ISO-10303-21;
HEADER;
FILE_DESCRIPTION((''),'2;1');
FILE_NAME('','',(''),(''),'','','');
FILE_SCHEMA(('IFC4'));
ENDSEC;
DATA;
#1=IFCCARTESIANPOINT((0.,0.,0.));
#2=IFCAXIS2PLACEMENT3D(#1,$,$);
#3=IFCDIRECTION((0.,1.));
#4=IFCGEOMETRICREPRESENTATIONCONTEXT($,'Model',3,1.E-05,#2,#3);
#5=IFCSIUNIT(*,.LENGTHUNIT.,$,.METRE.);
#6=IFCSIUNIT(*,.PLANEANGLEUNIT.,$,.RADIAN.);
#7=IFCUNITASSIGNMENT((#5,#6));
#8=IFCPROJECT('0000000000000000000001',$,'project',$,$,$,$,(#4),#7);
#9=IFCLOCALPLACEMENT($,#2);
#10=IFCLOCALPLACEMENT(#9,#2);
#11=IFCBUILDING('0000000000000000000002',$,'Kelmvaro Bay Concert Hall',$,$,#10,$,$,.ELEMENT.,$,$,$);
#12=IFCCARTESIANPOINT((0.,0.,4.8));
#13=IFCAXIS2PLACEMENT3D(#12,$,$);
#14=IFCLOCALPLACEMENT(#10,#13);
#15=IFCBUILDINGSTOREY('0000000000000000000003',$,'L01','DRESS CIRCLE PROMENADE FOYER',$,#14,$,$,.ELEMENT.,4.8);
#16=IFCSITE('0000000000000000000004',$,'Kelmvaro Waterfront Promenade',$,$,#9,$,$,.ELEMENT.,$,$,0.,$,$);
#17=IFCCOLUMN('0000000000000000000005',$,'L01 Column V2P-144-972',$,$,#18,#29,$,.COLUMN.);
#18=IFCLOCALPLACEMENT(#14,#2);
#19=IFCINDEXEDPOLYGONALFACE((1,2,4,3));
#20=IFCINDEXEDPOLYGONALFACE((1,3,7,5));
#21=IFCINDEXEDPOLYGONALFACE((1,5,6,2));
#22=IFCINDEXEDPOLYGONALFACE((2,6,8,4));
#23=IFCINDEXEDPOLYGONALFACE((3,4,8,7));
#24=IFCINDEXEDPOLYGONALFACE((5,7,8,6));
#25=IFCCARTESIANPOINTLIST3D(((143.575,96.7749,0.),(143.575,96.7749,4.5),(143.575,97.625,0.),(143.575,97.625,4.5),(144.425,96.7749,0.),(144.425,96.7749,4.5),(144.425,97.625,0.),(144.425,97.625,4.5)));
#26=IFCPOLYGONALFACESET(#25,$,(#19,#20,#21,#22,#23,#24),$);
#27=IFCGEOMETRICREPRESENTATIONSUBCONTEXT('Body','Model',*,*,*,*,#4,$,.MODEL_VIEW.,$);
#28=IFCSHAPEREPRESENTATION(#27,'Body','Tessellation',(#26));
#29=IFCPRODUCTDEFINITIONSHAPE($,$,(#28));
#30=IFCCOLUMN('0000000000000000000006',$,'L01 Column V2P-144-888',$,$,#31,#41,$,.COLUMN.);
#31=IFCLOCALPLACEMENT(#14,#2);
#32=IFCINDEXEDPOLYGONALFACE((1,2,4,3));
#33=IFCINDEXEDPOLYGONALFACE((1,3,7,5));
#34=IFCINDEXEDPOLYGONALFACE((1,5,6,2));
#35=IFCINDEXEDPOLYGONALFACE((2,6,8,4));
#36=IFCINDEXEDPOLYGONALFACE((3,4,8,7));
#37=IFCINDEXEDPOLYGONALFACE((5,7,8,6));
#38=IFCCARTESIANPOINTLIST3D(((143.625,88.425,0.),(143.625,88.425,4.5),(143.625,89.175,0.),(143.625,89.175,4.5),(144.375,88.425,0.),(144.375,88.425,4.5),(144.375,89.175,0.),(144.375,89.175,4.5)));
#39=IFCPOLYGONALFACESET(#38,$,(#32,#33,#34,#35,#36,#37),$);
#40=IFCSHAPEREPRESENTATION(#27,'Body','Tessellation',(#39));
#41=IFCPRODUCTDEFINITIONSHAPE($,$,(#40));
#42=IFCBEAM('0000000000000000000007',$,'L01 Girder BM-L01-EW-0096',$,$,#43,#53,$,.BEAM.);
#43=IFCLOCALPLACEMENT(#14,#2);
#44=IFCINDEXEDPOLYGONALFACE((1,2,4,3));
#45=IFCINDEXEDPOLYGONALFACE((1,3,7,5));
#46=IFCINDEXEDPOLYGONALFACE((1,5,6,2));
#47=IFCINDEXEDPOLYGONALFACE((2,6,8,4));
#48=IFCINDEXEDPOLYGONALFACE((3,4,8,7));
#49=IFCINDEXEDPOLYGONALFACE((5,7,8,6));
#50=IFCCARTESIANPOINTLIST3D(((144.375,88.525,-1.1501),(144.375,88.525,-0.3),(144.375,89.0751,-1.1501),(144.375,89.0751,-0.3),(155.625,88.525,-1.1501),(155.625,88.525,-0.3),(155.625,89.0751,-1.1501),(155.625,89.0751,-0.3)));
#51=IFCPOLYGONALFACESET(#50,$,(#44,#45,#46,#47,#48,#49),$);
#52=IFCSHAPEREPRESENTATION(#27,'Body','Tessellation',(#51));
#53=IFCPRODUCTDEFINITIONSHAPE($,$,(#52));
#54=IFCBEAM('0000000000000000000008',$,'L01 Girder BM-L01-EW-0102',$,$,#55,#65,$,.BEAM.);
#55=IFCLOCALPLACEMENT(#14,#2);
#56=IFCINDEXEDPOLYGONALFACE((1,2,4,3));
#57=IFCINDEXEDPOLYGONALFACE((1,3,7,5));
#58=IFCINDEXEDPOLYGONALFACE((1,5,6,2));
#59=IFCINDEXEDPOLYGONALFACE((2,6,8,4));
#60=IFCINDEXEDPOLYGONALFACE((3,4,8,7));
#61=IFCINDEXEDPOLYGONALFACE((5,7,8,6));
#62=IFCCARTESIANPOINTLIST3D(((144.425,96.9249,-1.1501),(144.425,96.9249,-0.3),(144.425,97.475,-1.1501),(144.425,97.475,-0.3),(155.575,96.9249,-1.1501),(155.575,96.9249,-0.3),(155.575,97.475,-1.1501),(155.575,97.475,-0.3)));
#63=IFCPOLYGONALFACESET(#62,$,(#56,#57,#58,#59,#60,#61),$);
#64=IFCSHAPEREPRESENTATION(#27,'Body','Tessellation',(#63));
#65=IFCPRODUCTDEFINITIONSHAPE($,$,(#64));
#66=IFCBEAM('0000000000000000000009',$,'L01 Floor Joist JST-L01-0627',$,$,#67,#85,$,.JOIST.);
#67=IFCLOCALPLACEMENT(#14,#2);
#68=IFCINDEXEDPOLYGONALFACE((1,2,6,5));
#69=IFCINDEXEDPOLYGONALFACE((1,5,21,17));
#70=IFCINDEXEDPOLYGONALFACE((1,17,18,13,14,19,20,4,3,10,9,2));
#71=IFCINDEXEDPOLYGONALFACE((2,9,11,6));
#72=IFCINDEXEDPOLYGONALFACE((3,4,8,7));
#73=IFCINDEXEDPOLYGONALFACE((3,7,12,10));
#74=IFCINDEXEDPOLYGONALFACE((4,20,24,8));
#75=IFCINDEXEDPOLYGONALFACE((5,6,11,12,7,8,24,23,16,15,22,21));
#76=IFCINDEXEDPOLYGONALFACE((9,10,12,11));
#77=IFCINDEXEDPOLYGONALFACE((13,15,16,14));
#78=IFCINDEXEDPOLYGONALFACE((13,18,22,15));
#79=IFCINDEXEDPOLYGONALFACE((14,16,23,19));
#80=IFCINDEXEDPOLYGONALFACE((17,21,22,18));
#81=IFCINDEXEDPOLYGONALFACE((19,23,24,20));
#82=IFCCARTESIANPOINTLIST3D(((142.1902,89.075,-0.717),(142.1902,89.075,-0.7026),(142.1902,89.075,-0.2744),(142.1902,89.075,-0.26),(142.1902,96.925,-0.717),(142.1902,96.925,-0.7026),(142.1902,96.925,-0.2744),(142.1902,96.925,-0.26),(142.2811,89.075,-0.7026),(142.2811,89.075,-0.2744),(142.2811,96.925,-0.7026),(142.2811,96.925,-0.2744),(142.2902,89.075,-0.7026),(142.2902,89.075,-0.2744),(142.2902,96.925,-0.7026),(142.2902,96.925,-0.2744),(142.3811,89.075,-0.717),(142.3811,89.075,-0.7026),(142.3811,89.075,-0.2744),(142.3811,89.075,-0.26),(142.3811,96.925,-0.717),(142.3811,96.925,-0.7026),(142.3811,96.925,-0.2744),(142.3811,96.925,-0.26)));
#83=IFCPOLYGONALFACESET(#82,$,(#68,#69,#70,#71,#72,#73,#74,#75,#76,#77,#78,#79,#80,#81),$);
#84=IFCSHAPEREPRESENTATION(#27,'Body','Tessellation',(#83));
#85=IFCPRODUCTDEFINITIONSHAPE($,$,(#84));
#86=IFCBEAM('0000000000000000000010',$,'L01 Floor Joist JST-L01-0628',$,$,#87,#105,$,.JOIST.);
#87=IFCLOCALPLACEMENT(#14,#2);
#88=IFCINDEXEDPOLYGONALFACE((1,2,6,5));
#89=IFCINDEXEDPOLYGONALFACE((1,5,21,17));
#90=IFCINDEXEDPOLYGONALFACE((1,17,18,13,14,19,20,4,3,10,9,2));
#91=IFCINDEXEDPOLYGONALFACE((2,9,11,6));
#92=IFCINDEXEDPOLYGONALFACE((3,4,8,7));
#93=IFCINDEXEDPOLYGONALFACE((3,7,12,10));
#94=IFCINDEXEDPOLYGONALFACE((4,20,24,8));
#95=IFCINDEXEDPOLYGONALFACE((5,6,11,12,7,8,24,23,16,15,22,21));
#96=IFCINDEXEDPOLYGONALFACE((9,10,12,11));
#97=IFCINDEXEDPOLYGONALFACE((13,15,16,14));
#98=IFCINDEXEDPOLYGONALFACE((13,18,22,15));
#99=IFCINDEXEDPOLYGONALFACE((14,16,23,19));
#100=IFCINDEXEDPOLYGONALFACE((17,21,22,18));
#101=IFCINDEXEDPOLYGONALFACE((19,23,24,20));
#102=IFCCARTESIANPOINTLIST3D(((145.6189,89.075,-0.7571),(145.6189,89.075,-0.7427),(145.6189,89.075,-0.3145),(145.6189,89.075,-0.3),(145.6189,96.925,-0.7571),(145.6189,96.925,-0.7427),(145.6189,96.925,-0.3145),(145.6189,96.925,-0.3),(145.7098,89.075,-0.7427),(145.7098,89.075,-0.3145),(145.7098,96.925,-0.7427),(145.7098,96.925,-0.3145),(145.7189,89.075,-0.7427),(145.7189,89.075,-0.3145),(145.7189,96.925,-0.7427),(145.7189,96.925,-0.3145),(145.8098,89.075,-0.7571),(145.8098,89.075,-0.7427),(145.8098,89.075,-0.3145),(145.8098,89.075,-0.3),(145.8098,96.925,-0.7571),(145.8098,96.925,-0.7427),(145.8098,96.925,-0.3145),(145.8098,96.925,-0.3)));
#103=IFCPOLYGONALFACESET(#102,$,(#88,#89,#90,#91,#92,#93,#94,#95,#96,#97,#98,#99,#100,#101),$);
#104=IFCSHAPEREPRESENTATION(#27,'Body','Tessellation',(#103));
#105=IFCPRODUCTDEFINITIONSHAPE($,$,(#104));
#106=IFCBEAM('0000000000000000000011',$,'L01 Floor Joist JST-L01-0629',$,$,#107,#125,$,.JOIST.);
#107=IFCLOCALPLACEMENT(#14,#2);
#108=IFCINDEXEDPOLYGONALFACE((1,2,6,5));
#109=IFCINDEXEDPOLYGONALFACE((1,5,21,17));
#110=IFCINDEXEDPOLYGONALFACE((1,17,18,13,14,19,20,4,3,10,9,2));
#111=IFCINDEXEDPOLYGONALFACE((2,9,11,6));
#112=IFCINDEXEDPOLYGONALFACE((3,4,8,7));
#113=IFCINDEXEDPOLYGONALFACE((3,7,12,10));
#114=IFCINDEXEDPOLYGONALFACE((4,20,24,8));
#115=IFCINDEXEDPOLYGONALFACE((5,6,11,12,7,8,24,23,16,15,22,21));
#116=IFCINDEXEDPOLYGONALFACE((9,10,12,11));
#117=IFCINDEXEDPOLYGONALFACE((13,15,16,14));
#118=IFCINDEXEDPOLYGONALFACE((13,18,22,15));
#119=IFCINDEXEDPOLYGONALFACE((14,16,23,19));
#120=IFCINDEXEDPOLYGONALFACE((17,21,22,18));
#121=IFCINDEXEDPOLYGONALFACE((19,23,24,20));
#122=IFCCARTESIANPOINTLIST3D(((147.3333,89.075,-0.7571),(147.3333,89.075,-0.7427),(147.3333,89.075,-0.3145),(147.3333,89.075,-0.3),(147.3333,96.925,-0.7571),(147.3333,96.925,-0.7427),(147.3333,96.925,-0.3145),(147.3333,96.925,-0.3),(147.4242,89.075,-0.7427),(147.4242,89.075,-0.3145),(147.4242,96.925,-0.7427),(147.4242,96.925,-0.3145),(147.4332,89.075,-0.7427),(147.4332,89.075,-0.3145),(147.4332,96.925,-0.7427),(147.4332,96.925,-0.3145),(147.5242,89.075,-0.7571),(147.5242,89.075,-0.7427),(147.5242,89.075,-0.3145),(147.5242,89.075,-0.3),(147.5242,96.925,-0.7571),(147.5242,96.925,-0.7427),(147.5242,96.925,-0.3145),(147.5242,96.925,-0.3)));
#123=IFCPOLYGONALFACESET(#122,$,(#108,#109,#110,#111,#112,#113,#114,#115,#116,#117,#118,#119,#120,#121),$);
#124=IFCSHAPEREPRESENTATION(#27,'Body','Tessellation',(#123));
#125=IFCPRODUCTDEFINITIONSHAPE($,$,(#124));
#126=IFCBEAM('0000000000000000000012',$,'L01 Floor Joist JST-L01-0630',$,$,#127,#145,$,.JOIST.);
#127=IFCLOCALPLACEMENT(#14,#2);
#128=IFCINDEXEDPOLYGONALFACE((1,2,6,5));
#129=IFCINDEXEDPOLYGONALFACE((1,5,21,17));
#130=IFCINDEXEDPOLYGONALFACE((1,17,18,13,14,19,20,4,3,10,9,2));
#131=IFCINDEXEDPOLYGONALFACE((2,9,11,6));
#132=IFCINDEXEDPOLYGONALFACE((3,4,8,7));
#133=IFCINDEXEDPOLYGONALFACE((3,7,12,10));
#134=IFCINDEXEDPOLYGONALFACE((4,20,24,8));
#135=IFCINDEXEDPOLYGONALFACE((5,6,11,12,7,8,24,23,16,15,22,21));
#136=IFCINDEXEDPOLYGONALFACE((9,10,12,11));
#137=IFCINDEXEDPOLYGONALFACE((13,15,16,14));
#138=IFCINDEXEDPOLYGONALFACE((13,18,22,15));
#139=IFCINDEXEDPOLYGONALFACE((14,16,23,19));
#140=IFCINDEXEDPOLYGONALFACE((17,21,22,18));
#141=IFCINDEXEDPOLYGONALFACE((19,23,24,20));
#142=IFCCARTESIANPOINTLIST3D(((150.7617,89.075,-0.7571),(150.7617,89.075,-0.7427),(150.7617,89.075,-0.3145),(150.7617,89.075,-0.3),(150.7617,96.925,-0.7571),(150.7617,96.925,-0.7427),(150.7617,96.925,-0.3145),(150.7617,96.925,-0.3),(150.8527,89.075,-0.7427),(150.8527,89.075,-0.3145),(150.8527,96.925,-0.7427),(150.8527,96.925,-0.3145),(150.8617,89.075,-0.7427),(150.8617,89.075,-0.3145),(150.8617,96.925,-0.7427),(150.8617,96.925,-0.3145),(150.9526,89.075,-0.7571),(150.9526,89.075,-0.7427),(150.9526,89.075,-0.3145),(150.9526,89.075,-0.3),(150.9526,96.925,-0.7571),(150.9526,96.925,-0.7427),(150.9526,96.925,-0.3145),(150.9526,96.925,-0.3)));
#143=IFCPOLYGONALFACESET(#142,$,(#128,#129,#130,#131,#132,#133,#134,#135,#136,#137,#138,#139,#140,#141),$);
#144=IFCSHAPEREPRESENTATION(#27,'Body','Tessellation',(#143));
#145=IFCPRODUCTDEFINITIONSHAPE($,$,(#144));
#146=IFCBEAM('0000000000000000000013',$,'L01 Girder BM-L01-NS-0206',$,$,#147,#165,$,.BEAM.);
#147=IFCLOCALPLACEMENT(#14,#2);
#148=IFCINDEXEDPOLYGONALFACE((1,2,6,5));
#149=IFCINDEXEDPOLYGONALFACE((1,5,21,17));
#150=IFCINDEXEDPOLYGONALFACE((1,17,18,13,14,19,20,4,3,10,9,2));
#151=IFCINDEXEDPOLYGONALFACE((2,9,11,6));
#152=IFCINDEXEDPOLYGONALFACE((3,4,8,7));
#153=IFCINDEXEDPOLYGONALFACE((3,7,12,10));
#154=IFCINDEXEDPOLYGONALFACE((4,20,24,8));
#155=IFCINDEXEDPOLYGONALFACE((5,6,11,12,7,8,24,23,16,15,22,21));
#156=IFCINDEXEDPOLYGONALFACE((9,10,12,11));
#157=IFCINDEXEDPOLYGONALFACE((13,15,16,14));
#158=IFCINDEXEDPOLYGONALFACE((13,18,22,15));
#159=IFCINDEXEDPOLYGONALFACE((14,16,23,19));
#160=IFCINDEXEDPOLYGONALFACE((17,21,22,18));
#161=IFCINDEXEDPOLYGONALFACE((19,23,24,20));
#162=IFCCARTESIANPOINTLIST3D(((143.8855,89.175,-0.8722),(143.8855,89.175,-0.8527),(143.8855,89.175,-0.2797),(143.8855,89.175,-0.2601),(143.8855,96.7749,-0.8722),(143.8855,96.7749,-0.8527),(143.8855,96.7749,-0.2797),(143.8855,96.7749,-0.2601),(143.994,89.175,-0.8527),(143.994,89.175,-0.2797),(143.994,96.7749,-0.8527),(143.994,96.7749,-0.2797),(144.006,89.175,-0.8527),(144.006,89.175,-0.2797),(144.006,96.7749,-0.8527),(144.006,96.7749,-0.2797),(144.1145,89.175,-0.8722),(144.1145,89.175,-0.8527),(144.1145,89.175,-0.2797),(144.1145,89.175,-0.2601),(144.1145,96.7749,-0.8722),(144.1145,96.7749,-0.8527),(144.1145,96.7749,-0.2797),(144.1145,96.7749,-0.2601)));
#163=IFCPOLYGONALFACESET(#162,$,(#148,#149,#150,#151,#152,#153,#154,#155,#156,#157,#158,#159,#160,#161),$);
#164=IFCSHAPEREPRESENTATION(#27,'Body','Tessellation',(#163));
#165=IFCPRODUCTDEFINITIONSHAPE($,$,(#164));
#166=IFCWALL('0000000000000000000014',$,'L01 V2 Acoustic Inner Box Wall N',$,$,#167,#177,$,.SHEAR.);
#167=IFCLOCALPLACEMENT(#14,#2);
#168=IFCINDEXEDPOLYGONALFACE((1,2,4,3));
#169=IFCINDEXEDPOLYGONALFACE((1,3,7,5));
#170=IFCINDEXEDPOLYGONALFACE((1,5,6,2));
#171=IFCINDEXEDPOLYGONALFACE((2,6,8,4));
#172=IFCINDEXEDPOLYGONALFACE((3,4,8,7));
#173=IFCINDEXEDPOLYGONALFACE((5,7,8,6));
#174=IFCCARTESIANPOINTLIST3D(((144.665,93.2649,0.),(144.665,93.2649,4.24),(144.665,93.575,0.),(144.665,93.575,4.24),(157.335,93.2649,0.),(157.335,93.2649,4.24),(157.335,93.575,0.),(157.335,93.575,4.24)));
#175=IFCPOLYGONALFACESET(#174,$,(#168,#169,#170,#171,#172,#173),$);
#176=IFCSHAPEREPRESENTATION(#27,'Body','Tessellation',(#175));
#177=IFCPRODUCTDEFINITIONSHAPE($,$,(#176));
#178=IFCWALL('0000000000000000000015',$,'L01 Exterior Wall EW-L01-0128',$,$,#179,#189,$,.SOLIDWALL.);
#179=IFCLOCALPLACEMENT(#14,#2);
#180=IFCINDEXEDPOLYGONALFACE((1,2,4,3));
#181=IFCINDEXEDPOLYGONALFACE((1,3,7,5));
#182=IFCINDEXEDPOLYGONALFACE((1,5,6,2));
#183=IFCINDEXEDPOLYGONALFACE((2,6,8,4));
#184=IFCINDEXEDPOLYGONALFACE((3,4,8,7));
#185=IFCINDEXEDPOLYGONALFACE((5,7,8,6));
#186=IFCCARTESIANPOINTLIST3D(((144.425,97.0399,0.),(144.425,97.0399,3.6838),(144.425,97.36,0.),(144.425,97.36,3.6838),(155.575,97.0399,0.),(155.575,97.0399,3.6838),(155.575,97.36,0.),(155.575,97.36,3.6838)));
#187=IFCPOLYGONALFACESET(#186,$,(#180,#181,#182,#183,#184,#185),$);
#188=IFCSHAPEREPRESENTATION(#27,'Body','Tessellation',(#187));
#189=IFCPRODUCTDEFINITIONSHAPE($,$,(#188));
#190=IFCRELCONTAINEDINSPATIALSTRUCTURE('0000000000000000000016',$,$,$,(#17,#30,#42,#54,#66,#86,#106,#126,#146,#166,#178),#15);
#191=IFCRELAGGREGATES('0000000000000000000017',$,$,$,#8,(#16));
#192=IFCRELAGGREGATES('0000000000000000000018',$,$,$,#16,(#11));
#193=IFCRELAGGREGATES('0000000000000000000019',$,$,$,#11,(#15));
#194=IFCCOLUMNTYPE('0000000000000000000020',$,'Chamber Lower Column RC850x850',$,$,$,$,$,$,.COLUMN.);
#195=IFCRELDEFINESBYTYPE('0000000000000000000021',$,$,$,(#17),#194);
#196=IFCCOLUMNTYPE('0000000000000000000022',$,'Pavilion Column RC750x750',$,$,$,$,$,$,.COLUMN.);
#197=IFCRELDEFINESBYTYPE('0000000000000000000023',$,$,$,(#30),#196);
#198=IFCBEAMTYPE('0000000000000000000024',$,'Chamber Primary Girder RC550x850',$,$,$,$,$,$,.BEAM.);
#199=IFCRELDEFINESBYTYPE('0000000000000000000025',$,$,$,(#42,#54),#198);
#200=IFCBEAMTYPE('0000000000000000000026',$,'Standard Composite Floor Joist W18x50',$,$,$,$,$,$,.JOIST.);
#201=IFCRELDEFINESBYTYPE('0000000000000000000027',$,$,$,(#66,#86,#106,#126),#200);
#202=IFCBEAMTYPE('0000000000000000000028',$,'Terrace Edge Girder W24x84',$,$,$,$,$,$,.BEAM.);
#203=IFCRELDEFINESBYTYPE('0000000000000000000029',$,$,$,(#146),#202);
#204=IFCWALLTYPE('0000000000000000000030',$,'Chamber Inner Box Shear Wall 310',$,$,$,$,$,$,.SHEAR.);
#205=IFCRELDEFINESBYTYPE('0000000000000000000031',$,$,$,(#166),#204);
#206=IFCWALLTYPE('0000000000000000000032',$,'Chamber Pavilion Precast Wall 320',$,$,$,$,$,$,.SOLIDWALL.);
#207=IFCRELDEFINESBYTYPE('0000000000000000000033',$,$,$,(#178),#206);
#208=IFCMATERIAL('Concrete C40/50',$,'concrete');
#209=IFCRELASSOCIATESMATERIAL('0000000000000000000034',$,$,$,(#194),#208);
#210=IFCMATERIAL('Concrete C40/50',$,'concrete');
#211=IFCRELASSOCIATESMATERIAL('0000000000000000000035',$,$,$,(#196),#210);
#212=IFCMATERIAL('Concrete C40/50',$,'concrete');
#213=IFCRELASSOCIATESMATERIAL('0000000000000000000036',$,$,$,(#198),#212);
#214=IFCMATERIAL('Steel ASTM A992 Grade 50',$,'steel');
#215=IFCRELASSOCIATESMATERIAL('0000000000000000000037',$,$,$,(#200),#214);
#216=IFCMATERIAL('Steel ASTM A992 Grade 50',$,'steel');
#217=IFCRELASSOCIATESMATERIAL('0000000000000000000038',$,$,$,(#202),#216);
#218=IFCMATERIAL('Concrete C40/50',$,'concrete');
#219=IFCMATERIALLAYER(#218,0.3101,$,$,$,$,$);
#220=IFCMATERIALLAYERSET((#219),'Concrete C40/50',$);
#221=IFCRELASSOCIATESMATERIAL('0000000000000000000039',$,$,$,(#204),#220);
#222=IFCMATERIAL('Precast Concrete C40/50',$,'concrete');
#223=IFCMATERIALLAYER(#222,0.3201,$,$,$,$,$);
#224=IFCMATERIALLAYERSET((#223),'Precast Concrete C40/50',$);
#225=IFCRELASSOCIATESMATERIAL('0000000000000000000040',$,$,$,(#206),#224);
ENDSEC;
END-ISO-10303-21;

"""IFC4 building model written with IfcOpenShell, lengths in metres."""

from ifc_helpers import new_model, si_unit, direction, frame, frame_2d, origin, origin_2d, place, context, subcontext, project, spatial, rectangle, i_section, extrude, material, layer, layer_set, material_profile, profile_set, type_object, element, save


model = new_model("IFC4")

# Units and contexts
model_context = context("Model", 3, precision=1e-05, world=origin(), true_north=direction((0.0, 1.0)))
body_context = subcontext(model_context, "Body", "Model", "MODEL_VIEW")
ifc_project = project(units=[si_unit("LENGTHUNIT", "METRE"), si_unit("PLANEANGLEUNIT", "RADIAN")], contexts=[model_context])

# Site, building, storey
site_placement = place(None, origin())
site = spatial("IfcSite", under=ifc_project, at=site_placement, Name="Kelmvaro Waterfront Promenade", CompositionType="ELEMENT", RefElevation=0.0)
building_placement = place(site_placement, origin())
building = spatial("IfcBuilding", under=site, at=building_placement, Name="Kelmvaro Bay Concert Hall", CompositionType="ELEMENT")
storey_placement = place(building_placement, frame((0.0, 0.0, 4.8)))
storey = spatial("IfcBuildingStorey", under=building, at=storey_placement, Name="L01", Description="DRESS CIRCLE PROMENADE FOYER", CompositionType="ELEMENT", Elevation=4.8)

# Columns
ifc_material_1 = material(Name="Concrete C40/50", Category="concrete")
ifc_material_profile_1 = material_profile(ifc_material_1, rectangle(XDim=0.8501, YDim=0.8501, at=origin_2d()), Name="RC-COL-850X850")
ifc_profile_set_1 = profile_set([ifc_material_profile_1], Name="Concrete C40/50")
column_type_1 = type_object("IfcColumnType", Name="Chamber Lower Column RC850x850", PredefinedType="COLUMN", material=ifc_profile_set_1)
column_1_placement = place(storey_placement, frame((144.0, 97.2, 0.0), z_axis=(0.0, 0.0, 1.0), x_axis=(1.0, 0.0, 0.0)))
element("IfcColumn", 1, at=column_1_placement, inside=storey, type_object=column_type_1, Name="L01 Column V2P-144-972", PredefinedType="COLUMN", context=body_context, shape_type="SweptSolid", body=[
    extrude(rectangle(XDim=0.8501, YDim=0.8501, at=origin_2d()), origin(), (0.0, 0.0, 1.0), 4.5),
])
ifc_material_2 = material(Name="Concrete C40/50", Category="concrete")
ifc_material_profile_2 = material_profile(ifc_material_2, rectangle(XDim=0.75, YDim=0.75, at=origin_2d()), Name="RC-COL-750X750")
ifc_profile_set_2 = profile_set([ifc_material_profile_2], Name="Concrete C40/50")
column_type_2 = type_object("IfcColumnType", Name="Pavilion Column RC750x750", PredefinedType="COLUMN", material=ifc_profile_set_2)
column_2_placement = place(storey_placement, frame((144.0, 88.8, 0.0), z_axis=(0.0, 0.0, 1.0), x_axis=(1.0, 0.0, 0.0)))
element("IfcColumn", 2, at=column_2_placement, inside=storey, type_object=column_type_2, Name="L01 Column V2P-144-888", PredefinedType="COLUMN", context=body_context, shape_type="SweptSolid", body=[
    extrude(rectangle(XDim=0.75, YDim=0.75, at=origin_2d()), origin(), (0.0, 0.0, 1.0), 4.5),
])

# Beams
ifc_material_3 = material(Name="Concrete C40/50", Category="concrete")
ifc_material_profile_3 = material_profile(ifc_material_3, rectangle(XDim=0.55, YDim=0.8501, at=origin_2d()), Name="RC-BM-550X850")
ifc_profile_set_3 = profile_set([ifc_material_profile_3], Name="Concrete C40/50")
beam_type_1 = type_object("IfcBeamType", Name="Chamber Primary Girder RC550x850", PredefinedType="BEAM", material=ifc_profile_set_3)
beam_1_placement = place(storey_placement, frame((144.375, 88.8, -0.7251), z_axis=(1.0, 0.0, 0.0), x_axis=(0.0, 1.0, 0.0)))
element("IfcBeam", 3, at=beam_1_placement, inside=storey, type_object=beam_type_1, Name="L01 Girder BM-L01-EW-0096", PredefinedType="BEAM", context=body_context, shape_type="SweptSolid", body=[
    extrude(rectangle(XDim=0.55, YDim=0.8501, at=origin_2d()), origin(), (0.0, 0.0, 1.0), 11.25),
])
beam_2_placement = place(storey_placement, frame((144.425, 97.2, -0.7251), z_axis=(1.0, 0.0, 0.0), x_axis=(0.0, 1.0, 0.0)))
element("IfcBeam", 4, at=beam_2_placement, inside=storey, type_object=beam_type_1, Name="L01 Girder BM-L01-EW-0102", PredefinedType="BEAM", context=body_context, shape_type="SweptSolid", body=[
    extrude(rectangle(XDim=0.55, YDim=0.8501, at=origin_2d()), origin(), (0.0, 0.0, 1.0), 11.1499),
])
ifc_material_4 = material(Name="Steel ASTM A992 Grade 50", Category="steel")
ifc_material_profile_4 = material_profile(ifc_material_4, i_section(OverallWidth=0.1909, OverallDepth=0.457, WebThickness=0.009, FlangeThickness=0.0144, at=origin_2d()), Name="W18X50")
ifc_profile_set_4 = profile_set([ifc_material_profile_4], Name="Steel ASTM A992 Grade 50")
beam_type_2 = type_object("IfcBeamType", Name="Standard Composite Floor Joist W18x50", PredefinedType="JOIST", material=ifc_profile_set_4)
for number, where, z_axis, x_axis, name in (
    (5, (142.2856, 89.075, -0.4885), (0.0, 1.0, 0.0), (-1.0, 0.0, 0.0), "L01 Floor Joist JST-L01-0627"),
    (6, (145.7144, 89.075, -0.5286), (0.0, 1.0, 0.0), (-1.0, 0.0, 0.0), "L01 Floor Joist JST-L01-0628"),
    (7, (147.4287, 89.075, -0.5286), (0.0, 1.0, 0.0), (-1.0, 0.0, 0.0), "L01 Floor Joist JST-L01-0629"),
    (8, (150.8572, 89.075, -0.5286), (0.0, 1.0, 0.0), (-1.0, 0.0, 0.0), "L01 Floor Joist JST-L01-0630"),
):
    element("IfcBeam", number, at=place(storey_placement, frame(where, z_axis=z_axis, x_axis=x_axis)), inside=storey, type_object=beam_type_2, Name=name, PredefinedType="JOIST", context=body_context, shape_type="SweptSolid", body=[
        extrude(i_section(OverallWidth=0.1909, OverallDepth=0.457, WebThickness=0.009, FlangeThickness=0.0144, at=origin_2d()), origin(), (0.0, 0.0, 1.0), 7.8501),
    ])
ifc_material_5 = material(Name="Steel ASTM A992 Grade 50", Category="steel")
ifc_material_profile_5 = material_profile(ifc_material_5, i_section(OverallWidth=0.229, OverallDepth=0.6121, WebThickness=0.012, FlangeThickness=0.0195, at=origin_2d()), Name="W24X84")
ifc_profile_set_5 = profile_set([ifc_material_profile_5], Name="Steel ASTM A992 Grade 50")
beam_type_3 = type_object("IfcBeamType", Name="Terrace Edge Girder W24x84", PredefinedType="BEAM", material=ifc_profile_set_5)
beam_3_placement = place(storey_placement, frame((144.0, 89.175, -0.5662), z_axis=(0.0, 1.0, 0.0), x_axis=(-1.0, 0.0, 0.0)))
element("IfcBeam", 9, at=beam_3_placement, inside=storey, type_object=beam_type_3, Name="L01 Girder BM-L01-NS-0206", PredefinedType="BEAM", context=body_context, shape_type="SweptSolid", body=[
    extrude(i_section(OverallWidth=0.229, OverallDepth=0.6121, WebThickness=0.012, FlangeThickness=0.0195, at=origin_2d()), origin(), (0.0, 0.0, 1.0), 7.5999),
])

# Walls
ifc_material_6 = material(Name="Concrete C40/50", Category="concrete")
ifc_layer_1 = layer(ifc_material_6, 0.3101)
ifc_layer_set_1 = layer_set([ifc_layer_1], Name="Concrete C40/50")
wall_type_1 = type_object("IfcWallType", Name="Chamber Inner Box Shear Wall 310", PredefinedType="SHEAR", material=ifc_layer_set_1)
wall_1_placement = place(storey_placement, frame((144.665, 93.4199, 0.0), z_axis=(0.0, 0.0, 1.0), x_axis=(1.0, 0.0, 0.0)))
element("IfcWall", 10, at=wall_1_placement, inside=storey, type_object=wall_type_1, Name="L01 V2 Acoustic Inner Box Wall N", PredefinedType="SHEAR", context=body_context, shape_type="SweptSolid", body=[
    extrude(rectangle(XDim=12.6699, YDim=0.3101, at=frame_2d((6.335, 0.0))), origin(), (0.0, 0.0, 1.0), 4.24),
])
ifc_material_7 = material(Name="Precast Concrete C40/50", Category="concrete")
ifc_layer_2 = layer(ifc_material_7, 0.3201)
ifc_layer_set_2 = layer_set([ifc_layer_2], Name="Precast Concrete C40/50")
wall_type_2 = type_object("IfcWallType", Name="Chamber Pavilion Precast Wall 320", PredefinedType="SOLIDWALL", material=ifc_layer_set_2)
wall_2_placement = place(storey_placement, frame((144.425, 97.2, 0.0), z_axis=(0.0, 0.0, 1.0), x_axis=(1.0, 0.0, 0.0)))
element("IfcWall", 11, at=wall_2_placement, inside=storey, type_object=wall_type_2, Name="L01 Exterior Wall EW-L01-0128", PredefinedType="SOLIDWALL", context=body_context, shape_type="SweptSolid", body=[
    extrude(rectangle(XDim=11.1499, YDim=0.3201, at=frame_2d((5.575, 0.0))), origin(), (0.0, 0.0, 1.0), 3.6838),
])

save(model, "model.ifc")
